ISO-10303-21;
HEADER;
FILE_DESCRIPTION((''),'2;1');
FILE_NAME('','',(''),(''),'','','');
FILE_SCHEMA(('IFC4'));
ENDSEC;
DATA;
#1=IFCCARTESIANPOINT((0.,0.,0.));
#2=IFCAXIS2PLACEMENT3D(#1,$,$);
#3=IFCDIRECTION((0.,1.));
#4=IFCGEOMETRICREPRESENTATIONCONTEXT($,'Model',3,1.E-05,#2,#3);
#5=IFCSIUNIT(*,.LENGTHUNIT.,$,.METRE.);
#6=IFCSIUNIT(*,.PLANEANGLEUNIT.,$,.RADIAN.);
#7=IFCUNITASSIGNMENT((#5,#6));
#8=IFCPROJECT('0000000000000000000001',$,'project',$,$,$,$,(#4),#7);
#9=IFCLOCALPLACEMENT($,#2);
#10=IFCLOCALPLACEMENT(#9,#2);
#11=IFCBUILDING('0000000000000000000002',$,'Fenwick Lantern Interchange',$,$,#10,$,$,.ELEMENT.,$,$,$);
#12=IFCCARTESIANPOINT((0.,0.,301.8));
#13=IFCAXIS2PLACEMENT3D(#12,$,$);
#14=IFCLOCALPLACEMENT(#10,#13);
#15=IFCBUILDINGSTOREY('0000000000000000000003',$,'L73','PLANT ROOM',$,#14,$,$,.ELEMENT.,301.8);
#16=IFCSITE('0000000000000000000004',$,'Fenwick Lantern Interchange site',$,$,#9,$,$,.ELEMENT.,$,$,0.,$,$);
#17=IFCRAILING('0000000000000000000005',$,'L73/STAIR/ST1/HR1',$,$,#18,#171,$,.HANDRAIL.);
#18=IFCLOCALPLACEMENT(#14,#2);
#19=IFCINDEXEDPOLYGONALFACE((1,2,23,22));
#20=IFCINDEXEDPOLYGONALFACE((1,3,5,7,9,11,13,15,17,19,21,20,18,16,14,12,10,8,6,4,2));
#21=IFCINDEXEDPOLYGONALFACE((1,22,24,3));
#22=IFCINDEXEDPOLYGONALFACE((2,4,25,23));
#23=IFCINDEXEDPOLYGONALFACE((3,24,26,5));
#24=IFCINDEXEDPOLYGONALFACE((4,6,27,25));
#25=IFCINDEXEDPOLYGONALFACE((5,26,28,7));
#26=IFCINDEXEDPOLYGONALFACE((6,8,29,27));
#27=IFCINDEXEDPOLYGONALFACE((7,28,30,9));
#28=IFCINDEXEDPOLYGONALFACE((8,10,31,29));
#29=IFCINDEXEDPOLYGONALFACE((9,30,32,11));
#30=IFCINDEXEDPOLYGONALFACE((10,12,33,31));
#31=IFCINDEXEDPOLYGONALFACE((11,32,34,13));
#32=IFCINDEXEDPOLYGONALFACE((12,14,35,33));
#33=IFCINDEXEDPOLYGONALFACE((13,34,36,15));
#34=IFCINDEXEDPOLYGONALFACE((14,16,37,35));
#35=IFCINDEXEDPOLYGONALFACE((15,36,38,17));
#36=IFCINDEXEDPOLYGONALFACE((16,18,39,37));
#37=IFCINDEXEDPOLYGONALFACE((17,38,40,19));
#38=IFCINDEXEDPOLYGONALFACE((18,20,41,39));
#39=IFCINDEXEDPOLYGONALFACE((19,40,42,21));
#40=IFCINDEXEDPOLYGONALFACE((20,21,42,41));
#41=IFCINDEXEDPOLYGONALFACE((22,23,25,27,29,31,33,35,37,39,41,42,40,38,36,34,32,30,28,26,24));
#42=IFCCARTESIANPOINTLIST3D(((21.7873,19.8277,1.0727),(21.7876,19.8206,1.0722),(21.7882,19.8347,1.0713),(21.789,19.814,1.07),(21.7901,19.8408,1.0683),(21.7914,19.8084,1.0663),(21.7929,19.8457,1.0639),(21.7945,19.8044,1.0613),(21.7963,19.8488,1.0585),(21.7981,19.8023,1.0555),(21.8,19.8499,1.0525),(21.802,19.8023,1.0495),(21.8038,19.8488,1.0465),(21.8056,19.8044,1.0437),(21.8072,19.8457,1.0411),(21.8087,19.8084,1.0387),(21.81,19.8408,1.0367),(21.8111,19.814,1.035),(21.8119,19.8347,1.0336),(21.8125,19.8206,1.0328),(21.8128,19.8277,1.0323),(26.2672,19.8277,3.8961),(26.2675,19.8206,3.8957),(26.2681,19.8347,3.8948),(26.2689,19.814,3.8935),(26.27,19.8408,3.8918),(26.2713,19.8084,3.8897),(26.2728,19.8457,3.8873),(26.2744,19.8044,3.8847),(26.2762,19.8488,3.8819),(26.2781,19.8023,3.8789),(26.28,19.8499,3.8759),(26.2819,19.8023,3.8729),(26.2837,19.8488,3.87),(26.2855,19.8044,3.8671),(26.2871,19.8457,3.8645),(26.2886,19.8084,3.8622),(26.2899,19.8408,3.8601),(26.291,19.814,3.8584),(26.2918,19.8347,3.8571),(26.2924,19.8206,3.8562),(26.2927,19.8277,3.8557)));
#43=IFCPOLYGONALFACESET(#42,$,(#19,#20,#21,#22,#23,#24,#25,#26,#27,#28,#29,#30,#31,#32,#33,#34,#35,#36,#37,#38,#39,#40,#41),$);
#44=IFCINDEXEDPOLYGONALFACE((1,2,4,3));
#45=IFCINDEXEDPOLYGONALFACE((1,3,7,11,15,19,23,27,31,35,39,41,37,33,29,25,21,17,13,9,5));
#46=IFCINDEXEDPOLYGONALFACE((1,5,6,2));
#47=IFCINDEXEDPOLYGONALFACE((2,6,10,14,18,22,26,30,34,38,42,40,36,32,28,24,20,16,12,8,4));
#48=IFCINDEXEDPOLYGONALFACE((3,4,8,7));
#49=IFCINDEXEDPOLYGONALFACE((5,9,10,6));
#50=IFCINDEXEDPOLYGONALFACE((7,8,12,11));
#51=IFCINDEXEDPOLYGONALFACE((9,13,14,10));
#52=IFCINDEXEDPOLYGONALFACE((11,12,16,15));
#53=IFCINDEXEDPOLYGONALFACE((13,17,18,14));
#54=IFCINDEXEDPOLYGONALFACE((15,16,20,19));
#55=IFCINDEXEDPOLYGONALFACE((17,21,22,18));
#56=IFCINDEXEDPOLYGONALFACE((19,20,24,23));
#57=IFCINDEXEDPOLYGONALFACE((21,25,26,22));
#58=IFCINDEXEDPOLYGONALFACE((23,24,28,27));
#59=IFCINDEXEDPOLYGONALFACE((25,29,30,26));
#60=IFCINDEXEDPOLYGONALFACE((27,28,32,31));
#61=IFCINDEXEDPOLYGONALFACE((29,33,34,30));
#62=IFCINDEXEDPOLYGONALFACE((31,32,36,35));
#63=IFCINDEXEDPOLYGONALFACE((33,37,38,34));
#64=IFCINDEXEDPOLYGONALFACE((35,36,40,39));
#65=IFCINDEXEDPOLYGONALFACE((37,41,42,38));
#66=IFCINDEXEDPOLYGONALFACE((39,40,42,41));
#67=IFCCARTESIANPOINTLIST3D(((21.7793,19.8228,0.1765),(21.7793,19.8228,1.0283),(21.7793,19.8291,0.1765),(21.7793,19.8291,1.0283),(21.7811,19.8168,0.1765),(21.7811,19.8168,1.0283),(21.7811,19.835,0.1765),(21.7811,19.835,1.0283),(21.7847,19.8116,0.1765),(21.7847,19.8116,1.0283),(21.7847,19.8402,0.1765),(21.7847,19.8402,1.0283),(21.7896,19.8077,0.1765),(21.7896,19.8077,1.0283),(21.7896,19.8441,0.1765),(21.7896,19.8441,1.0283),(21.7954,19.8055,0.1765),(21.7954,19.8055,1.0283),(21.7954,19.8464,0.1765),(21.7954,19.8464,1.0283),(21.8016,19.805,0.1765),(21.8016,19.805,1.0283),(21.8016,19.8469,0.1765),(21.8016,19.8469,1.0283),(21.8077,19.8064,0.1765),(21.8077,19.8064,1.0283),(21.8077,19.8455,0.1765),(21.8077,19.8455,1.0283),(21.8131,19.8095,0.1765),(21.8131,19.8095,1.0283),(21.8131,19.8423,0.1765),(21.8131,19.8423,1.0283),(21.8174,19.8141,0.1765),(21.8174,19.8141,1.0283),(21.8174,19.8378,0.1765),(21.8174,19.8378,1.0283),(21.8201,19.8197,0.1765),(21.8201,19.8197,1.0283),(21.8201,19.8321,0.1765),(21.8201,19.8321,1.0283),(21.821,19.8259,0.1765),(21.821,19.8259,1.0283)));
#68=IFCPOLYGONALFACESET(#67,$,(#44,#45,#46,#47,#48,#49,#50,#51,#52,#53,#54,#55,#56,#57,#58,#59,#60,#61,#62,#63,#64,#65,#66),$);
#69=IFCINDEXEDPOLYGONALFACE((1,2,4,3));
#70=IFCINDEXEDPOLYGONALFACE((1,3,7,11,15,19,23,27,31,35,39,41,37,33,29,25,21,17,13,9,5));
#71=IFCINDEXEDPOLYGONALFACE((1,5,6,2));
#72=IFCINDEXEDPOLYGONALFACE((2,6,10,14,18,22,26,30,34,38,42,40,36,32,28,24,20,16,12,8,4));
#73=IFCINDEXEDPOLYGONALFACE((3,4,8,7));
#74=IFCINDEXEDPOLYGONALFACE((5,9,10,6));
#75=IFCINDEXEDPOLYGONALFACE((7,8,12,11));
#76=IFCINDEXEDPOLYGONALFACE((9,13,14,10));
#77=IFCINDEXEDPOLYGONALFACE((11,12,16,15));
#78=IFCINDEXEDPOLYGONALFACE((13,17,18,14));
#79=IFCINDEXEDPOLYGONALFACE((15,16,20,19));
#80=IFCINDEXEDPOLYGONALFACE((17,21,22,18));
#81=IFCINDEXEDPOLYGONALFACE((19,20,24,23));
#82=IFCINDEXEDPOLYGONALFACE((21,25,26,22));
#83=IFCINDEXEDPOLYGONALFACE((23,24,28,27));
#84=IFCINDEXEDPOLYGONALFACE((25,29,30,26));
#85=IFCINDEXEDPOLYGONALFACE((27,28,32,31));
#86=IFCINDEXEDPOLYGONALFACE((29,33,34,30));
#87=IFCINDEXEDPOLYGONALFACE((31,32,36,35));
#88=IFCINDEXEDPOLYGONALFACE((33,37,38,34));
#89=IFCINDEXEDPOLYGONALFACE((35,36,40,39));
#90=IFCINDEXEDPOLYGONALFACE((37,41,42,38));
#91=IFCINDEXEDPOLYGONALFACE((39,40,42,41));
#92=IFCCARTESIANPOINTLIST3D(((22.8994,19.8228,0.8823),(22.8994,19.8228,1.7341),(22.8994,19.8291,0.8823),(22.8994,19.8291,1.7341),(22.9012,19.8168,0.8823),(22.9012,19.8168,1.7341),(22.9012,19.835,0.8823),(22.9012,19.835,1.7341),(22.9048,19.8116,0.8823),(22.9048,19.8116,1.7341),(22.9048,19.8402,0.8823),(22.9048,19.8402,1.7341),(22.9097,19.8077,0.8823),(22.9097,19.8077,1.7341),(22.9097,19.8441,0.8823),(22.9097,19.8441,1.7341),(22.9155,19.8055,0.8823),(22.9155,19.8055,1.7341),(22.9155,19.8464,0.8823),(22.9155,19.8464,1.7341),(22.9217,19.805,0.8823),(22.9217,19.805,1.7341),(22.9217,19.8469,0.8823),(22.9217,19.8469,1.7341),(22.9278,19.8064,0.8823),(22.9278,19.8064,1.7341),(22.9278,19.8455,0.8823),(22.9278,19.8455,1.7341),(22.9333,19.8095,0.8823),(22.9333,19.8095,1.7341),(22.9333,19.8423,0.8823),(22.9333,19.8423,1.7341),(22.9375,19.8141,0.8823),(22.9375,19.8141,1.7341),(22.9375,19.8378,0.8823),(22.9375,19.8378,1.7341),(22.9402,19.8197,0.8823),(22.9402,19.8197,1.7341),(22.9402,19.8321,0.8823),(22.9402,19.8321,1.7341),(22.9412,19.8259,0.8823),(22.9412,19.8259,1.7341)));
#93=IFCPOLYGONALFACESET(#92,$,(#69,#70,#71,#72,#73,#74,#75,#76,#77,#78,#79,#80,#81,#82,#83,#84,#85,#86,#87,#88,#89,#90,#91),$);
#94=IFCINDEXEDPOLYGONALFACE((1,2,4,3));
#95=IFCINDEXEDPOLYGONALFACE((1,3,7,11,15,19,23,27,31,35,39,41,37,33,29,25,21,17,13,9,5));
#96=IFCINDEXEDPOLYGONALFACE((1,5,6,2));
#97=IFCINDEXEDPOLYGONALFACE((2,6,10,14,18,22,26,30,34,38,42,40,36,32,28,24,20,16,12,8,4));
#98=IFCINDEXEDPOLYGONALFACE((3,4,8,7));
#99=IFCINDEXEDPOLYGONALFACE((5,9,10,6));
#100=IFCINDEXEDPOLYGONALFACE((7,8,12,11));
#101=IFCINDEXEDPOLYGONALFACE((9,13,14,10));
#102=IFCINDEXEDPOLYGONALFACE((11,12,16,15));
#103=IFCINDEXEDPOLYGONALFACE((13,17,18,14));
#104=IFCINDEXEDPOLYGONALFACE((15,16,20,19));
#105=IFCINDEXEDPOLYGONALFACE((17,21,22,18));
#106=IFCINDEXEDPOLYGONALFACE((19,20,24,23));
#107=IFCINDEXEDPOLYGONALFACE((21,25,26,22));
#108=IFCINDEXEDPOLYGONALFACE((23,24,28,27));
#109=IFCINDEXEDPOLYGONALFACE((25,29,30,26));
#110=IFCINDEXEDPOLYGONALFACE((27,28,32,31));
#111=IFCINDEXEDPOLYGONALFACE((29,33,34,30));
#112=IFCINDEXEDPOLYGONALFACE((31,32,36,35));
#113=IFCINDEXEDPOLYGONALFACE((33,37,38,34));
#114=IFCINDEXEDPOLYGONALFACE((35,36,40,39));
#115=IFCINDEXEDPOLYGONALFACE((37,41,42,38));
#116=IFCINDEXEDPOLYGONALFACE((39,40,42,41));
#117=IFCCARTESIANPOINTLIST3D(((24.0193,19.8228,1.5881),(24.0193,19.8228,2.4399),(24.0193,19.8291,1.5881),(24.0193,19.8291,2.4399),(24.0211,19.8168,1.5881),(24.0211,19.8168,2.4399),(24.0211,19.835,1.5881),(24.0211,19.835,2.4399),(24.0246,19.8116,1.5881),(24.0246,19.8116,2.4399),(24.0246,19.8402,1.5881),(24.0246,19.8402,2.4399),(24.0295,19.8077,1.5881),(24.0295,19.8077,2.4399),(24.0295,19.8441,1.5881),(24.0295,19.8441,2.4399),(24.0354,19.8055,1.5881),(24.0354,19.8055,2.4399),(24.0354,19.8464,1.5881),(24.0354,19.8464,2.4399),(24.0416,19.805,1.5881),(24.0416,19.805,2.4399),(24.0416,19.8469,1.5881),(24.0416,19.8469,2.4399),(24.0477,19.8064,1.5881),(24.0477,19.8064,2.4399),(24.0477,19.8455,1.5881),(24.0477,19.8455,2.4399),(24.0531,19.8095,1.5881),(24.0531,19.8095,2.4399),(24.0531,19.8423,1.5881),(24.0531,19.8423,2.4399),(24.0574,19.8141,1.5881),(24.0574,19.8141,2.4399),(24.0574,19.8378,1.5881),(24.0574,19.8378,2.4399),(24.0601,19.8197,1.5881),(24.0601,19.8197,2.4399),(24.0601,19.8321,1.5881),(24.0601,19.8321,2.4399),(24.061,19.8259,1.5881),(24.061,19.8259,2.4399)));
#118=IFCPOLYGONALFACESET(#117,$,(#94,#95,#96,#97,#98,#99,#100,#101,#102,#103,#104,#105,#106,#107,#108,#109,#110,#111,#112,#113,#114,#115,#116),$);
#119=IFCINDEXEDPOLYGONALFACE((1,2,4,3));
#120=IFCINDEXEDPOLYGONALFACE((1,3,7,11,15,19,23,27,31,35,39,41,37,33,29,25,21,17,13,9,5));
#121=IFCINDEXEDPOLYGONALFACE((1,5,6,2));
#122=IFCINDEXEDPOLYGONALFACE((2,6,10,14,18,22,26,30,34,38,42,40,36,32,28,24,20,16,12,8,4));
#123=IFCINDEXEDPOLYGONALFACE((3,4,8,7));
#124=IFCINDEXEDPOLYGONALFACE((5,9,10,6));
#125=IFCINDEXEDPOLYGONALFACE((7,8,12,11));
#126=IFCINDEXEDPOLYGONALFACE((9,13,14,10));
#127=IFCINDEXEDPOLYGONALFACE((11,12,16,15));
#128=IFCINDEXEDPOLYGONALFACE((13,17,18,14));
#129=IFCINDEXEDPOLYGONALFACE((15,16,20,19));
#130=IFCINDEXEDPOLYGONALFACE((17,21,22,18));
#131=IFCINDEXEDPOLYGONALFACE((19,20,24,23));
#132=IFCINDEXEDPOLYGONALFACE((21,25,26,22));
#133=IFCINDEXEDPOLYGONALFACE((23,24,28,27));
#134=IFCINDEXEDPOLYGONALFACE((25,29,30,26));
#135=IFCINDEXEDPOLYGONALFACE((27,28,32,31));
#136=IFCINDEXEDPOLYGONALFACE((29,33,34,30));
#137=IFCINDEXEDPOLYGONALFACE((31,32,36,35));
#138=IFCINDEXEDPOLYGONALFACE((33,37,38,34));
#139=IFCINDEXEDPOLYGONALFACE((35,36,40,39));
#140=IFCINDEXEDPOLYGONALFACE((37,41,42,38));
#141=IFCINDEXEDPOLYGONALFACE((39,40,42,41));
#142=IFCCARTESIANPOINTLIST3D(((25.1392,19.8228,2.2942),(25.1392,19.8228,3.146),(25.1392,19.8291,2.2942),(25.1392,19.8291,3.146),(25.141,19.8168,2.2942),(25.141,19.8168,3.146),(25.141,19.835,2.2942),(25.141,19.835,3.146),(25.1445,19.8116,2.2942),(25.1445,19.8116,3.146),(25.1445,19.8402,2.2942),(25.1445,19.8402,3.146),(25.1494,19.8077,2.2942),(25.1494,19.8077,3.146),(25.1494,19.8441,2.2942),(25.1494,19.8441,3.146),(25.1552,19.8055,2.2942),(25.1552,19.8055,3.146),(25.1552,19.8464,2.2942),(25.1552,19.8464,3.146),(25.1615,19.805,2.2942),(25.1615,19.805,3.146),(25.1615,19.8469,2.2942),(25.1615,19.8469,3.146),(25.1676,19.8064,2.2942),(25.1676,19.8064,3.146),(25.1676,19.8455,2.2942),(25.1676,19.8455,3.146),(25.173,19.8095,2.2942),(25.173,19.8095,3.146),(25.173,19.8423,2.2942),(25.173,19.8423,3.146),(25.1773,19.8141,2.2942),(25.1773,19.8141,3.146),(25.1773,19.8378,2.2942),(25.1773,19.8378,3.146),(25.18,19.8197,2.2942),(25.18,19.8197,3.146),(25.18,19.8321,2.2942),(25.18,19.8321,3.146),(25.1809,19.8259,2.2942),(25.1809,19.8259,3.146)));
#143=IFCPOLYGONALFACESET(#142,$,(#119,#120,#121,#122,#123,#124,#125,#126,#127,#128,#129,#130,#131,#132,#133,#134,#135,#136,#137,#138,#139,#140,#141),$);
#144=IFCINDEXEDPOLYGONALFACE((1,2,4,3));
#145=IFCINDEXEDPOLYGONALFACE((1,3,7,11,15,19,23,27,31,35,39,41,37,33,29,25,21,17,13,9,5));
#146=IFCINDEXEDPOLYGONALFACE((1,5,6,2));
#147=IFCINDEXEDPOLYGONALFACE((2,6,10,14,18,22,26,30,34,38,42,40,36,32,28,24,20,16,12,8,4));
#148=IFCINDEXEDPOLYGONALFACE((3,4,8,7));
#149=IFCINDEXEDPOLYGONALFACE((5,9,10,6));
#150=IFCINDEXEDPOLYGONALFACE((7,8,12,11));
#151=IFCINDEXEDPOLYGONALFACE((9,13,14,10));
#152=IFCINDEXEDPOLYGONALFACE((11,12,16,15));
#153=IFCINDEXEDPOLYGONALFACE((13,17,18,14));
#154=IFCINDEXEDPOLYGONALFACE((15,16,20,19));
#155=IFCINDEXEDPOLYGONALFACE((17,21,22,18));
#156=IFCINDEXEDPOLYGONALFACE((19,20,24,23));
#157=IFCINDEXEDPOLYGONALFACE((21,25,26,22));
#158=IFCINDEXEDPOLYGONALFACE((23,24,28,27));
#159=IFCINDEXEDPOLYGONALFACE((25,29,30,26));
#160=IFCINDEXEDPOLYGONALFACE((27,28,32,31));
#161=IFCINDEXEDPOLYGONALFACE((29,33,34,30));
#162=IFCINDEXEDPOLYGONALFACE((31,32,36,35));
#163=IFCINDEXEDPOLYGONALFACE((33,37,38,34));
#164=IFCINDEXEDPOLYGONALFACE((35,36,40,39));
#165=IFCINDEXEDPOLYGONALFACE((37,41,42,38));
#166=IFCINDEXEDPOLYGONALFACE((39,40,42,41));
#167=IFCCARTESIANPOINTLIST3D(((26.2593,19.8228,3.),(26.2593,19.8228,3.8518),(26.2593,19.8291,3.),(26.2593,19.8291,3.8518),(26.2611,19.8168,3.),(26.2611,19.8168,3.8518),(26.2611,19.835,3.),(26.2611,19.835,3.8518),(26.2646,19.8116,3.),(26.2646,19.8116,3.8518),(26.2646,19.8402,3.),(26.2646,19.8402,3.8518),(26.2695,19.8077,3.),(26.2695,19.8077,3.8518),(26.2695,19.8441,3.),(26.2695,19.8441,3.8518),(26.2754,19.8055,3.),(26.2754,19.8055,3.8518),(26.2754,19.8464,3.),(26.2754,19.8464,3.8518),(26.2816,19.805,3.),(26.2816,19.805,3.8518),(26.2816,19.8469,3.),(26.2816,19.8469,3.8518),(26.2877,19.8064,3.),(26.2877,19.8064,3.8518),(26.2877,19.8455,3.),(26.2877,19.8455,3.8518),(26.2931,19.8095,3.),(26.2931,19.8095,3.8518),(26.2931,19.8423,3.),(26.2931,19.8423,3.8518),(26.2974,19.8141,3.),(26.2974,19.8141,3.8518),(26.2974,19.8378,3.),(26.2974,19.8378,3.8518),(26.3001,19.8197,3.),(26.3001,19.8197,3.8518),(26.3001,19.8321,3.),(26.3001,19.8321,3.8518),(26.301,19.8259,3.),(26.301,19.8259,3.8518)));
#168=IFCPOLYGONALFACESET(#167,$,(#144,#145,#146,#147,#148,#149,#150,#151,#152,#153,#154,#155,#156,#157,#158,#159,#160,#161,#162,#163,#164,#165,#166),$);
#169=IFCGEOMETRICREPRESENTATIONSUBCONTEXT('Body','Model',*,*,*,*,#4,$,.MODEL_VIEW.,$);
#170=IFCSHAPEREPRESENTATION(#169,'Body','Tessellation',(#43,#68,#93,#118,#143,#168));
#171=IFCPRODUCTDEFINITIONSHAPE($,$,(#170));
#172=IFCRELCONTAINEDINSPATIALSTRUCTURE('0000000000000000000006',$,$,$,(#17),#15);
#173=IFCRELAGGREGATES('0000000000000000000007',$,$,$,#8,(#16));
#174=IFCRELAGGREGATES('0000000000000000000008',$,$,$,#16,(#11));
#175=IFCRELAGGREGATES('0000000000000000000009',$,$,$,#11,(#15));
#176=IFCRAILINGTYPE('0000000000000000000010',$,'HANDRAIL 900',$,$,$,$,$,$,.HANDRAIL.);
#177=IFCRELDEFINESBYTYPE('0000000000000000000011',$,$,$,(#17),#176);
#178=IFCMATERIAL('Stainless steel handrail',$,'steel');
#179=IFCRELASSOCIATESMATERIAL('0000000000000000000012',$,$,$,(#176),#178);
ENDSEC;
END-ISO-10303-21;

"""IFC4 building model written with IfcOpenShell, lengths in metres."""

from ifc_helpers import new_model, si_unit, direction, frame, origin, origin_2d, place, context, subcontext, project, spatial, circle, extrude, material, type_object, element, save


model = new_model("IFC4")

# Units and contexts
model_context = context("Model", 3, precision=1e-05, world=origin(), true_north=direction((0.0, 1.0)))
body_context = subcontext(model_context, "Body", "Model", "MODEL_VIEW")
ifc_project = project(units=[si_unit("LENGTHUNIT", "METRE"), si_unit("PLANEANGLEUNIT", "RADIAN")], contexts=[model_context])

# Site, building, storey
site_placement = place(None, origin())
site = spatial("IfcSite", under=ifc_project, at=site_placement, Name="Fenwick Lantern Interchange site", CompositionType="ELEMENT", RefElevation=0.0)
building_placement = place(site_placement, origin())
building = spatial("IfcBuilding", under=site, at=building_placement, Name="Fenwick Lantern Interchange", CompositionType="ELEMENT")
storey_placement = place(building_placement, frame((0.0, 0.0, 301.8)))
storey = spatial("IfcBuildingStorey", under=building, at=storey_placement, Name="L73", Description="PLANT ROOM", CompositionType="ELEMENT", Elevation=301.8)

# Railing
ifc_material_1 = material(Name="Stainless steel handrail", Category="steel")
railing_type = type_object("IfcRailingType", Name="HANDRAIL 900", PredefinedType="HANDRAIL", material=ifc_material_1)
railing_placement = place(storey_placement, frame((21.8, 19.8259, 0.1765)))
element("IfcRailing", 1, at=railing_placement, inside=storey, type_object=railing_type, Name="L73/STAIR/ST1/HR1", PredefinedType="HANDRAIL", context=body_context, shape_type="SweptSolid", body=[
    extrude(circle(Radius=0.0239, at=origin_2d()), frame((0.0, 0.0, 0.876), z_axis=(0.845998, 0.0, 0.533186), x_axis=(0.0, 1.0, 0.0)), (0.0, 0.0, 1.0), 5.2954),
    extrude(circle(Radius=0.021, at=origin_2d()), origin(), (0.0, 0.0, 1.0), 0.8518),
    extrude(circle(Radius=0.021, at=origin_2d()), frame((1.1201, 0.0, 0.7058)), (0.0, 0.0, 1.0), 0.8518),
    extrude(circle(Radius=0.021, at=origin_2d()), frame((2.24, 0.0, 1.4116)), (0.0, 0.0, 1.0), 0.8518),
    extrude(circle(Radius=0.021, at=origin_2d()), frame((3.3599, 0.0, 2.1177)), (0.0, 0.0, 1.0), 0.8518),
    extrude(circle(Radius=0.021, at=origin_2d()), frame((4.48, 0.0, 2.8235)), (0.0, 0.0, 1.0), 0.8518),
])

save(model, "model.ifc")
